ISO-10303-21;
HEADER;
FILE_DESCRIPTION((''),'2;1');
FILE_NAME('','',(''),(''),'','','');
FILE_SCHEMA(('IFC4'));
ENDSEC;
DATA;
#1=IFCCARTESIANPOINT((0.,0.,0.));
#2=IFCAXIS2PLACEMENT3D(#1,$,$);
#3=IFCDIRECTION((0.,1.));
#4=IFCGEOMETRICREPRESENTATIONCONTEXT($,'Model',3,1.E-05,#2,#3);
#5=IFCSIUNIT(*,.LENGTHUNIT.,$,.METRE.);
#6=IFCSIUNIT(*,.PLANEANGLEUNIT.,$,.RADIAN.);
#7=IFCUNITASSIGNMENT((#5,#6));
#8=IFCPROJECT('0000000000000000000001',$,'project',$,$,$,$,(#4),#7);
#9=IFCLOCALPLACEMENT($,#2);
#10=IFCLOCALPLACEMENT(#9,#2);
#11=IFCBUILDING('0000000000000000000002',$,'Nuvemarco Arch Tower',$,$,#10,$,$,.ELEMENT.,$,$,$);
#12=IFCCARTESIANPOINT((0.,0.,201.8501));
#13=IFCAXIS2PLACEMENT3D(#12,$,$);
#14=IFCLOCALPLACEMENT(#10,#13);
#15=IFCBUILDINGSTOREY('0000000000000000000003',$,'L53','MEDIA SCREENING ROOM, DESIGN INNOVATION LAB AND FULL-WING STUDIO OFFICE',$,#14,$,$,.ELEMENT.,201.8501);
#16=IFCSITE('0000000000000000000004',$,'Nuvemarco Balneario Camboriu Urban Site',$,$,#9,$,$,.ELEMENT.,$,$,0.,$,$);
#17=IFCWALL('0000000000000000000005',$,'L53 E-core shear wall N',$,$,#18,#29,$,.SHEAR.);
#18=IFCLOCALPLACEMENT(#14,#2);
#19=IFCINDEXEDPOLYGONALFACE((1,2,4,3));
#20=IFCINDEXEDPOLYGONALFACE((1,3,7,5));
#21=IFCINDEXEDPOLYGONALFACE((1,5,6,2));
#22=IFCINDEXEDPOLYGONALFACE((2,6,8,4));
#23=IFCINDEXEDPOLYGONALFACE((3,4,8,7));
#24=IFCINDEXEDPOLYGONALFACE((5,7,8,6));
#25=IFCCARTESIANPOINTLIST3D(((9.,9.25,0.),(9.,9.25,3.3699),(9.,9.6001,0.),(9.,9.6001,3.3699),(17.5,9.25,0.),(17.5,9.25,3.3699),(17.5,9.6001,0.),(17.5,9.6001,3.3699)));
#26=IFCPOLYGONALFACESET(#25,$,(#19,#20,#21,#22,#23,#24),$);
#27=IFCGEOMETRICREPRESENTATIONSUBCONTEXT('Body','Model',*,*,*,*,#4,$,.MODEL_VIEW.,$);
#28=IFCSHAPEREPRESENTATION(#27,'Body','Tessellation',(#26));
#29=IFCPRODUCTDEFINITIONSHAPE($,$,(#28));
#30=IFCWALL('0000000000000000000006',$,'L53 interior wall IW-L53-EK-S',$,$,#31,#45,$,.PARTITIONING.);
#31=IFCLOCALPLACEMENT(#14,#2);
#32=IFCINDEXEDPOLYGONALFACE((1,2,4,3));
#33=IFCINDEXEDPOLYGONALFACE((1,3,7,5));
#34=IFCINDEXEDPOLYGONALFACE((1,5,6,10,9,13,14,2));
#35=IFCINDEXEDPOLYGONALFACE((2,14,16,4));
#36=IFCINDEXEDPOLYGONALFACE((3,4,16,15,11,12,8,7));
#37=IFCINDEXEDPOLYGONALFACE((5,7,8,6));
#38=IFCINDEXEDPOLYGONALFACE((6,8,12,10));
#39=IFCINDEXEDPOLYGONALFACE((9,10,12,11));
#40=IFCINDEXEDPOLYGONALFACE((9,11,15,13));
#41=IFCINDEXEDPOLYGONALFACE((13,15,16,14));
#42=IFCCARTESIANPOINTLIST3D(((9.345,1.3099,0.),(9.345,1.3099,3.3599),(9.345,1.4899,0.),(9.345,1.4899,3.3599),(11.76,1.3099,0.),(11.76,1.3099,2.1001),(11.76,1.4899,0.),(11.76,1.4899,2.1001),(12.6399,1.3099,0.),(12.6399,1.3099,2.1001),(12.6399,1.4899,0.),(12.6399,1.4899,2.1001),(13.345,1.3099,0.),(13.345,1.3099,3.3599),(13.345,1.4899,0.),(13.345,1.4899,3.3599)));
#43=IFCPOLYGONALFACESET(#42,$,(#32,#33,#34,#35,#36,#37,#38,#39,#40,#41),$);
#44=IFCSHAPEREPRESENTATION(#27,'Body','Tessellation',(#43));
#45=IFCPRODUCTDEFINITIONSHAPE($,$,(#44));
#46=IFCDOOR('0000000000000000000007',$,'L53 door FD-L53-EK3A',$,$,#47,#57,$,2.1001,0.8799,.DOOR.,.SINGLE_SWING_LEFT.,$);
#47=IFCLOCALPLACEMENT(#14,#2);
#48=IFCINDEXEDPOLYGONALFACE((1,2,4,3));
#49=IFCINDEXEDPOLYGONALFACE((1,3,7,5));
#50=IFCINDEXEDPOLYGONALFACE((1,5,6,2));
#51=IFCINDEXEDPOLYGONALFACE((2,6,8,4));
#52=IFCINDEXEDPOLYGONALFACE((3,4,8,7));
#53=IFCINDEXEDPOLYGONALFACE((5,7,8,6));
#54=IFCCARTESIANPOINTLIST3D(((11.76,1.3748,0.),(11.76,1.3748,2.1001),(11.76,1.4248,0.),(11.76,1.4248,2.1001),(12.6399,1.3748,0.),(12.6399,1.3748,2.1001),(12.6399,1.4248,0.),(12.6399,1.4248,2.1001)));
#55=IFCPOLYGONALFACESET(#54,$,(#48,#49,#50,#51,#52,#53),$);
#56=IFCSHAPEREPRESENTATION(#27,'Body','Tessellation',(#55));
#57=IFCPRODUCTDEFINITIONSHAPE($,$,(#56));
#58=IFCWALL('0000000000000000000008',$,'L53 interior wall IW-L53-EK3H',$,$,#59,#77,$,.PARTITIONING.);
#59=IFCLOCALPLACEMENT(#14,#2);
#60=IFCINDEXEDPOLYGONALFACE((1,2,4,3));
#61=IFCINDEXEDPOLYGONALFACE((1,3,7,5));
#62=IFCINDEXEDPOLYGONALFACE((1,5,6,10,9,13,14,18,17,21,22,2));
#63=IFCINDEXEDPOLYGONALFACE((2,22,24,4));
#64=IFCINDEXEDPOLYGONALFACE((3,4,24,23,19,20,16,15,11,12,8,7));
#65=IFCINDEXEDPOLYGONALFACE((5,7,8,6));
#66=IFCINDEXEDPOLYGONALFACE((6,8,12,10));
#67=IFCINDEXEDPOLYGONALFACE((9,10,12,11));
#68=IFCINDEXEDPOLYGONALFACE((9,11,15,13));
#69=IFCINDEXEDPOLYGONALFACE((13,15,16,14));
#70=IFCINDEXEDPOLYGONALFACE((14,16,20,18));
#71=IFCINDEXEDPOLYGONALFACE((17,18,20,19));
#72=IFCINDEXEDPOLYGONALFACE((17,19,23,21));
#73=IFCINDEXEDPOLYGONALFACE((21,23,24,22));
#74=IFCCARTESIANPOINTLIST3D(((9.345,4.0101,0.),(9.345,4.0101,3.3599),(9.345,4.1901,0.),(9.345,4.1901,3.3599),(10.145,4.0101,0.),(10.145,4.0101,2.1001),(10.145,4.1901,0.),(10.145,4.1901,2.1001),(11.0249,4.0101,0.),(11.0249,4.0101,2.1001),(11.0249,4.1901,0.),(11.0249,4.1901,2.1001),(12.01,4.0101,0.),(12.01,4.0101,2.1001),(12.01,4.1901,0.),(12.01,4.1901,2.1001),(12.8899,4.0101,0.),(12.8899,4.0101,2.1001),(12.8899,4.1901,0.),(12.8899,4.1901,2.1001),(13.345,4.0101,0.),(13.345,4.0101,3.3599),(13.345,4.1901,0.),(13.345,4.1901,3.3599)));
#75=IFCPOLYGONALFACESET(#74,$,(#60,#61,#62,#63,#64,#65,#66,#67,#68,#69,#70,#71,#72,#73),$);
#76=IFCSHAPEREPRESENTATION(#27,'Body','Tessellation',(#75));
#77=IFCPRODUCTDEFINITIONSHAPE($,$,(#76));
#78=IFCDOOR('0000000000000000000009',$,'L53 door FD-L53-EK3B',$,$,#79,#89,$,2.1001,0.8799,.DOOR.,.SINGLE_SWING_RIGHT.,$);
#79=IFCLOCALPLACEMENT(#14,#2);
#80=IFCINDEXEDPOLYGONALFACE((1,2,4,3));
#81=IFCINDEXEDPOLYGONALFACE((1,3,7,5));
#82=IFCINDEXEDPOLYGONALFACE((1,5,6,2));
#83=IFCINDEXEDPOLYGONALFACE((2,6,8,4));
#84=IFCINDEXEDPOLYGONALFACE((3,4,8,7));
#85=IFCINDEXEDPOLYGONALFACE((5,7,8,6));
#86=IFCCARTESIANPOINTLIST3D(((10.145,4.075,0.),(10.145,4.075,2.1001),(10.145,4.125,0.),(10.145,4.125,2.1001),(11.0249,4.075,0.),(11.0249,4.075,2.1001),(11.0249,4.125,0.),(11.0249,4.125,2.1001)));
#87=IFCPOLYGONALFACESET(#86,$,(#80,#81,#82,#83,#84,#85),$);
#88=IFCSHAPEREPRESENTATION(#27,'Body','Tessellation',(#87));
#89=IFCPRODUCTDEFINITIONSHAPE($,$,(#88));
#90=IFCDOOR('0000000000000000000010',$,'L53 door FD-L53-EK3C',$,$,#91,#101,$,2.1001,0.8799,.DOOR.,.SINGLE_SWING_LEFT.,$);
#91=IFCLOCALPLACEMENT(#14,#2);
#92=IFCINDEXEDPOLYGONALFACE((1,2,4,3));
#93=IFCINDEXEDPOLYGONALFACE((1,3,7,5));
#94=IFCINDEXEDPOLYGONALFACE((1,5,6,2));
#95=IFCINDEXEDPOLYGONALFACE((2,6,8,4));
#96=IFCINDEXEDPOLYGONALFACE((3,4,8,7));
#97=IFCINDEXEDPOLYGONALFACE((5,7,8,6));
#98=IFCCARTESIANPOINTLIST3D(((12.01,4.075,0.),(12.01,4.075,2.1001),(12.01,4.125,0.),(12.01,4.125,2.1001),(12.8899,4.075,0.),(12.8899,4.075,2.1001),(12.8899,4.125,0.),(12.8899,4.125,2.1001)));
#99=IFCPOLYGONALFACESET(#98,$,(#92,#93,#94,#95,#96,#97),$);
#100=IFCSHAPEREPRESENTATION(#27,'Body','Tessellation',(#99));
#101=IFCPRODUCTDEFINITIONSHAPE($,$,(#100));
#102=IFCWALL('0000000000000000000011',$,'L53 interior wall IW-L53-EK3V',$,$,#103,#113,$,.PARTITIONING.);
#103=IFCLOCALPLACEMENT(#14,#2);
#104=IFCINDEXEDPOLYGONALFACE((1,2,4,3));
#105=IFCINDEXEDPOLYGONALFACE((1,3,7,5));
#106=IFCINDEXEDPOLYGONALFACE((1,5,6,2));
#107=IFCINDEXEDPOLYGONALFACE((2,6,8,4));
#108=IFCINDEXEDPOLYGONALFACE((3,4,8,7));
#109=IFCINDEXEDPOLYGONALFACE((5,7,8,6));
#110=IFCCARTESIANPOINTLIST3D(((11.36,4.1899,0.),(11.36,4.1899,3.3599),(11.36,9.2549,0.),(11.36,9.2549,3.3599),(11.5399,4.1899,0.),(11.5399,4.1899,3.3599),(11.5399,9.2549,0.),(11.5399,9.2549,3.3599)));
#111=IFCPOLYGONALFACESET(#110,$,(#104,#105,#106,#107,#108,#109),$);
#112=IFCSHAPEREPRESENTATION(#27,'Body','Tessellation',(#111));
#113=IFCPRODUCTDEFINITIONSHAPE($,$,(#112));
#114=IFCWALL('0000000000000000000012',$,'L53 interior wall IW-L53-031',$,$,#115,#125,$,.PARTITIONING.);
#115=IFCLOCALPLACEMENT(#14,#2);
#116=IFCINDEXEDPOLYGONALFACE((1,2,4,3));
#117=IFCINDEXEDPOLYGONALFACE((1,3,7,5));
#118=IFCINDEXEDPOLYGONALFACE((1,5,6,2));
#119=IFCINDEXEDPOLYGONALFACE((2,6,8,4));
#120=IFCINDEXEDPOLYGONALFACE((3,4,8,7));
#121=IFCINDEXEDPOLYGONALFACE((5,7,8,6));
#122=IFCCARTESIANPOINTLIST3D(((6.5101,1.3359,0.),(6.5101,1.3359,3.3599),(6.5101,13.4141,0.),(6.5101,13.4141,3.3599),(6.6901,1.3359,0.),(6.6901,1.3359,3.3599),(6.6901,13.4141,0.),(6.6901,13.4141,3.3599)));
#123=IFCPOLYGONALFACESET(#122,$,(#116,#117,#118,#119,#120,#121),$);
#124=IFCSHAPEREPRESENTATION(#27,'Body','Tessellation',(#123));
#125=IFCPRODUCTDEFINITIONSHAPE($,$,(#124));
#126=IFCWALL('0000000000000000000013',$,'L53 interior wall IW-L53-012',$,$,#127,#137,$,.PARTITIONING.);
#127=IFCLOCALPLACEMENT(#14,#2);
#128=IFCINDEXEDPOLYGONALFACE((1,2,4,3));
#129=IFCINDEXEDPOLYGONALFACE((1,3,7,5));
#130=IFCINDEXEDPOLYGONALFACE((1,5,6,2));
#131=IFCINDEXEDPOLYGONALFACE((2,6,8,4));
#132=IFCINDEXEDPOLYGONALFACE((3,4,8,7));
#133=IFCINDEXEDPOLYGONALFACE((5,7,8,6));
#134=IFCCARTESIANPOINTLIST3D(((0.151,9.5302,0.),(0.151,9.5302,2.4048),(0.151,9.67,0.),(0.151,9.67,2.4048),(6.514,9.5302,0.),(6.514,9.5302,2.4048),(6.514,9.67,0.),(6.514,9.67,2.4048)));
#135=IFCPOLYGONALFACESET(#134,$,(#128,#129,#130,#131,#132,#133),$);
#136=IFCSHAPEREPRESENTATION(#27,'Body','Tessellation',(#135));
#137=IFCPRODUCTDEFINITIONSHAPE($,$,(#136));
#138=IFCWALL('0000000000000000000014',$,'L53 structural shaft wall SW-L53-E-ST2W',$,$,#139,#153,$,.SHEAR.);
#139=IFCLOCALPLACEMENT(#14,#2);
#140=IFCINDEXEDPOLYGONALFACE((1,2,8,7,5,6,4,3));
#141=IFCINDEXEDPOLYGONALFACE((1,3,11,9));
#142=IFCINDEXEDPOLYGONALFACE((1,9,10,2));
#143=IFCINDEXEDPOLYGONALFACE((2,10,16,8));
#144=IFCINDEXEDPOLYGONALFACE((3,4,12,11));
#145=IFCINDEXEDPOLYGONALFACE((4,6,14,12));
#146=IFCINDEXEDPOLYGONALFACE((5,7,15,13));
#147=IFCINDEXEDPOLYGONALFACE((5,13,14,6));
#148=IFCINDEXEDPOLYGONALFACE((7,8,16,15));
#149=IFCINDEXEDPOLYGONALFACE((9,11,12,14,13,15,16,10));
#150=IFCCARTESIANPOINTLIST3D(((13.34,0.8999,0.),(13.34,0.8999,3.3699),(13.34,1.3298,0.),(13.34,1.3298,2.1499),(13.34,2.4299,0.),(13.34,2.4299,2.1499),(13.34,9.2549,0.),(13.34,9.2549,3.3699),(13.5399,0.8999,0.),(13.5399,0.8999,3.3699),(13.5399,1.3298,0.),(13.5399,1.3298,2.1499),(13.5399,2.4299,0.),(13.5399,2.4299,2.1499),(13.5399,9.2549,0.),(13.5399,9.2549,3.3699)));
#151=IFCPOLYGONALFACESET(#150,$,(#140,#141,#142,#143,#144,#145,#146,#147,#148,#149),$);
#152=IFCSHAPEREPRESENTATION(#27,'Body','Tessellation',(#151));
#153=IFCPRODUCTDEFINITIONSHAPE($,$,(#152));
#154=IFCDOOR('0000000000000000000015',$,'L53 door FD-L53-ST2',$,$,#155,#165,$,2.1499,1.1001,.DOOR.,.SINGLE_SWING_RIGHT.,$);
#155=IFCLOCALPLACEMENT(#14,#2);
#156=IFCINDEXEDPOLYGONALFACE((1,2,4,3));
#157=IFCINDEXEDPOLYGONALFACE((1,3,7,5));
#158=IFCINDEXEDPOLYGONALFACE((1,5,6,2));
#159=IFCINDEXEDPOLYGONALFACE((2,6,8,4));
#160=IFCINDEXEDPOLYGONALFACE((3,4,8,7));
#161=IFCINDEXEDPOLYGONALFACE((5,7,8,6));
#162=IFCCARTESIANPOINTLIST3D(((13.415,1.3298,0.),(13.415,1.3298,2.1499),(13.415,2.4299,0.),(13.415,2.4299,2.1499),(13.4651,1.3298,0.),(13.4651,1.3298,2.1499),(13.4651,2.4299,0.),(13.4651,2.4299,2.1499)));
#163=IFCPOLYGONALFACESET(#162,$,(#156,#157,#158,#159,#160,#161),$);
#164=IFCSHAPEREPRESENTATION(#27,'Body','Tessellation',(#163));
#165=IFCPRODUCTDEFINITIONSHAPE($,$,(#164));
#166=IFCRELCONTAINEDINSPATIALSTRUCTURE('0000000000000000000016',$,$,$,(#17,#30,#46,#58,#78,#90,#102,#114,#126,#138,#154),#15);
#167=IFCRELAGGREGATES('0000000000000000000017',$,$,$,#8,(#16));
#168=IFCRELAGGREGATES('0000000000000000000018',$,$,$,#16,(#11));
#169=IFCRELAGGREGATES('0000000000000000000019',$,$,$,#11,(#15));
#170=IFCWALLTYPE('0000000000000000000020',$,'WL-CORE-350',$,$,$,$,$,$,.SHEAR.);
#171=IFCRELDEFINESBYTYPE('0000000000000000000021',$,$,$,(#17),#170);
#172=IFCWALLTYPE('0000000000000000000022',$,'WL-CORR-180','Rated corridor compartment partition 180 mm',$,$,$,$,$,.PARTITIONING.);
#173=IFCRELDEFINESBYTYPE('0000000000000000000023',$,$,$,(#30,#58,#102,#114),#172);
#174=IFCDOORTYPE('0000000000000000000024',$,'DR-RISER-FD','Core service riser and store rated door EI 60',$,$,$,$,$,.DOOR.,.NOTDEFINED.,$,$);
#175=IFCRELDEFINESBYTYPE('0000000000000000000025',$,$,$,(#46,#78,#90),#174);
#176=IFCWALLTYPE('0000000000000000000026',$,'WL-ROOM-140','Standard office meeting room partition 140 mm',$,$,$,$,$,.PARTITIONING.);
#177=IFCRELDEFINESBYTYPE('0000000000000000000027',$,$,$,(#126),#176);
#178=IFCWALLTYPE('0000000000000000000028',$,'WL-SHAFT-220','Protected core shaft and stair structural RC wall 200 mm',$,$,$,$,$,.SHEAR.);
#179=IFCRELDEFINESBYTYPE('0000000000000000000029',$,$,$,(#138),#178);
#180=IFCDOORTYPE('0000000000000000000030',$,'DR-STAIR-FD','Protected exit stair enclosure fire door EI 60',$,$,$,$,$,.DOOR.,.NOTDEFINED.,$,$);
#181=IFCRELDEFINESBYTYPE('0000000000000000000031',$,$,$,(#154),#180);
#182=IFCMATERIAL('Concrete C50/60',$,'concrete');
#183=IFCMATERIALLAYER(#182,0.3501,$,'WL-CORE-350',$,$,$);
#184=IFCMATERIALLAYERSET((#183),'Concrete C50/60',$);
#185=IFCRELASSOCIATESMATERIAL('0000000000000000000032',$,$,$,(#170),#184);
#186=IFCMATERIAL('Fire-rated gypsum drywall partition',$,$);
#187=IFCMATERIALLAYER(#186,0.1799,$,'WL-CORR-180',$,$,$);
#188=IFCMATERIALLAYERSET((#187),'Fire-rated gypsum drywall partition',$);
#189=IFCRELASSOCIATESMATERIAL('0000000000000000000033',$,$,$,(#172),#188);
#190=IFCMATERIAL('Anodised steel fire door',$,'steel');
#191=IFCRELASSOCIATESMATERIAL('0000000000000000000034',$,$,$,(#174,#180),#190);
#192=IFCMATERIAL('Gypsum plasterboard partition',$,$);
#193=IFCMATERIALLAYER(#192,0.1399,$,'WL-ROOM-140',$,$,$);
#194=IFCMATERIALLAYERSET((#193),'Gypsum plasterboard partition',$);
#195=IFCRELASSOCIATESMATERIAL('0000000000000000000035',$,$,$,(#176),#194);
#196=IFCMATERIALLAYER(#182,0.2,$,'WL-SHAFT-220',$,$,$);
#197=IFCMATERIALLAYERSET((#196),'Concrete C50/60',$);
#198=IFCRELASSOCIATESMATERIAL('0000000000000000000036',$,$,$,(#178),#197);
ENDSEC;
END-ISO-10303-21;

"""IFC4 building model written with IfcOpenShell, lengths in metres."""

from ifc_helpers import new_model, si_unit, direction, frame, frame_2d, origin, place, context, subcontext, project, spatial, rectangle, extrude, source, transform, mapped, material, layer, layer_set, type_object, type_shapes, element, fill, save


model = new_model("IFC4")

# Units and contexts
model_context = context("Model", 3, precision=1e-05, world=origin(), true_north=direction((0.0, 1.0)))
body_context = subcontext(model_context, "Body", "Model", "MODEL_VIEW")
ifc_project = project(units=[si_unit("LENGTHUNIT", "METRE"), si_unit("PLANEANGLEUNIT", "RADIAN")], contexts=[model_context])

# Site, building, storey
site_placement = place(None, origin())
site = spatial("IfcSite", under=ifc_project, at=site_placement, Name="Nuvemarco Balneario Camboriu Urban Site", CompositionType="ELEMENT", RefElevation=0.0)
building_placement = place(site_placement, origin())
building = spatial("IfcBuilding", under=site, at=building_placement, Name="Nuvemarco Arch Tower", CompositionType="ELEMENT")
storey_placement = place(building_placement, frame((0.0, 0.0, 201.8501)))
storey = spatial("IfcBuildingStorey", under=building, at=storey_placement, Name="L53", Description="MEDIA SCREENING ROOM, DESIGN INNOVATION LAB AND FULL-WING STUDIO OFFICE", CompositionType="ELEMENT", Elevation=201.8501)

# Shared definitions
ifc_material_1 = material(Name="Concrete C50/60", Category="concrete")

# Wall
ifc_layer_1 = layer(ifc_material_1, 0.3501, Name="WL-CORE-350")
ifc_layer_set_1 = layer_set([ifc_layer_1], Name="Concrete C50/60")
wall_type_1 = type_object("IfcWallType", Name="WL-CORE-350", PredefinedType="SHEAR", material=ifc_layer_set_1)
wall_1_placement = place(storey_placement, frame((9.0, 9.425, 0.0), z_axis=(0.0, 0.0, 1.0), x_axis=(1.0, 0.0, 0.0)))
element("IfcWall", 1, at=wall_1_placement, inside=storey, type_object=wall_type_1, Name="L53 E-core shear wall N", PredefinedType="SHEAR", context=body_context, shape_type="SweptSolid", body=[
    extrude(rectangle(XDim=8.5, YDim=0.3501, at=frame_2d((4.25, 0.0))), origin(), (0.0, 0.0, 1.0), 3.3699),
])

# Wall, opening, door
ifc_material_2 = material(Name="Fire-rated gypsum drywall partition")
ifc_layer_2 = layer(ifc_material_2, 0.1799, Name="WL-CORR-180")
ifc_layer_set_2 = layer_set([ifc_layer_2], Name="Fire-rated gypsum drywall partition")
wall_type_2 = type_object("IfcWallType", Name="WL-CORR-180", Description="Rated corridor compartment partition 180 mm", PredefinedType="PARTITIONING", material=ifc_layer_set_2)
wall_2_placement = place(storey_placement, frame((9.345, 1.3999, 0.0), z_axis=(0.0, 0.0, 1.0), x_axis=(1.0, 0.0, 0.0)))
wall_2 = element("IfcWall", 2, at=wall_2_placement, inside=storey, type_object=wall_type_2, Name="L53 interior wall IW-L53-EK-S", PredefinedType="PARTITIONING", context=body_context, shape_type="SweptSolid", body=[
    extrude(rectangle(XDim=4.0, YDim=0.1799, at=frame_2d((2.0, 0.0))), origin(), (0.0, 0.0, 1.0), 3.3599),
])
opening_1_placement = place(wall_2_placement, frame((2.415, 0.0, 0.0)))
opening_1 = element("IfcOpeningElement", 3, at=opening_1_placement, cuts=wall_2, PredefinedType="OPENING", context=body_context, shape_type="SweptSolid", body=[
    extrude(rectangle(XDim=0.8799, YDim=2.1001, at=frame_2d((0.4399, 1.05))), frame((0.0, 0.0999, 0.0), z_axis=(0.0, -1.0, 0.0), x_axis=(1.0, 0.0, 0.0)), (0.0, 0.0, 1.0), 0.2),
])
ifc_material_3 = material(Name="Anodised steel fire door", Category="steel")
door_type_1 = type_object("IfcDoorType", Name="DR-RISER-FD", Description="Core service riser and store rated door EI 60", OperationType="NOTDEFINED", PredefinedType="DOOR", material=ifc_material_3)
shared_shape_1 = source(origin(), body_context, "Body", "SweptSolid", [
    extrude(rectangle(XDim=0.8799, YDim=2.1001, at=frame_2d((0.4399, 1.05))), frame((0.0, 0.0249, 0.0), z_axis=(0.0, -1.0, 0.0), x_axis=(1.0, 0.0, 0.0)), (0.0, 0.0, 1.0), 0.05),
])
type_shapes(door_type_1, [shared_shape_1])
door_1_placement = place(opening_1_placement, origin())
door_1 = element("IfcDoor", 4, at=door_1_placement, inside=storey, type_object=door_type_1, Name="L53 door FD-L53-EK3A", OperationType="SINGLE_SWING_LEFT", OverallHeight=2.1001, OverallWidth=0.8799, PredefinedType="DOOR", context=body_context, shape_type="MappedRepresentation", body=[
    mapped(shared_shape_1, transform((0.0, 0.0, 0.0), scale=1.0)),
])
fill(opening_1, door_1)

# Wall, openings, doors
wall_3_placement = place(storey_placement, frame((9.345, 4.1001, 0.0), z_axis=(0.0, 0.0, 1.0), x_axis=(1.0, 0.0, 0.0)))
wall_3 = element("IfcWall", 5, at=wall_3_placement, inside=storey, type_object=wall_type_2, Name="L53 interior wall IW-L53-EK3H", PredefinedType="PARTITIONING", context=body_context, shape_type="SweptSolid", body=[
    extrude(rectangle(XDim=4.0, YDim=0.1799, at=frame_2d((2.0, 0.0))), origin(), (0.0, 0.0, 1.0), 3.3599),
])
opening_2_placement = place(wall_3_placement, frame((0.8, 0.0, 0.0)))
opening_2 = element("IfcOpeningElement", 6, at=opening_2_placement, cuts=wall_3, PredefinedType="OPENING", context=body_context, shape_type="SweptSolid", body=[
    extrude(rectangle(XDim=0.8799, YDim=2.1001, at=frame_2d((0.4399, 1.05))), frame((0.0, 0.0999, 0.0), z_axis=(0.0, -1.0, 0.0), x_axis=(1.0, 0.0, 0.0)), (0.0, 0.0, 1.0), 0.2),
])
opening_3_placement = place(wall_3_placement, frame((2.665, 0.0, 0.0)))
opening_3 = element("IfcOpeningElement", 7, at=opening_3_placement, cuts=wall_3, PredefinedType="OPENING", context=body_context, shape_type="SweptSolid", body=[
    extrude(rectangle(XDim=0.8799, YDim=2.1001, at=frame_2d((0.4399, 1.05))), frame((0.0, 0.0999, 0.0), z_axis=(0.0, -1.0, 0.0), x_axis=(1.0, 0.0, 0.0)), (0.0, 0.0, 1.0), 0.2),
])
door_2_placement = place(opening_2_placement, origin())
door_2 = element("IfcDoor", 8, at=door_2_placement, inside=storey, type_object=door_type_1, Name="L53 door FD-L53-EK3B", OperationType="SINGLE_SWING_RIGHT", OverallHeight=2.1001, OverallWidth=0.8799, PredefinedType="DOOR", context=body_context, shape_type="MappedRepresentation", body=[
    mapped(shared_shape_1, transform((0.0, 0.0, 0.0), scale=1.0)),
])
fill(opening_2, door_2)
door_3_placement = place(opening_3_placement, origin())
door_3 = element("IfcDoor", 9, at=door_3_placement, inside=storey, type_object=door_type_1, Name="L53 door FD-L53-EK3C", OperationType="SINGLE_SWING_LEFT", OverallHeight=2.1001, OverallWidth=0.8799, PredefinedType="DOOR", context=body_context, shape_type="MappedRepresentation", body=[
    mapped(shared_shape_1, transform((0.0, 0.0, 0.0), scale=1.0)),
])
fill(opening_3, door_3)

# Walls
wall_4_placement = place(storey_placement, frame((11.45, 4.1899, 0.0), z_axis=(0.0, 0.0, 1.0), x_axis=(0.0, 1.0, 0.0)))
element("IfcWall", 10, at=wall_4_placement, inside=storey, type_object=wall_type_2, Name="L53 interior wall IW-L53-EK3V", PredefinedType="PARTITIONING", context=body_context, shape_type="SweptSolid", body=[
    extrude(rectangle(XDim=5.0649, YDim=0.1799, at=frame_2d((2.5325, 0.0))), origin(), (0.0, 0.0, 1.0), 3.3599),
])
wall_5_placement = place(storey_placement, frame((6.6001, 1.3359, 0.0), z_axis=(0.0, 0.0, 1.0), x_axis=(0.0, 1.0, 0.0)))
element("IfcWall", 11, at=wall_5_placement, inside=storey, type_object=wall_type_2, Name="L53 interior wall IW-L53-031", PredefinedType="PARTITIONING", context=body_context, shape_type="SweptSolid", body=[
    extrude(rectangle(XDim=12.0781, YDim=0.1799, at=frame_2d((6.0391, 0.0))), origin(), (0.0, 0.0, 1.0), 3.3599),
])
ifc_material_4 = material(Name="Gypsum plasterboard partition")
ifc_layer_3 = layer(ifc_material_4, 0.1399, Name="WL-ROOM-140")
ifc_layer_set_3 = layer_set([ifc_layer_3], Name="Gypsum plasterboard partition")
wall_type_3 = type_object("IfcWallType", Name="WL-ROOM-140", Description="Standard office meeting room partition 140 mm", PredefinedType="PARTITIONING", material=ifc_layer_set_3)
wall_6_placement = place(storey_placement, frame((0.1509, 9.6001, 0.0), z_axis=(0.0, 0.0, 1.0), x_axis=(1.0, 0.0, 0.0)))
element("IfcWall", 12, at=wall_6_placement, inside=storey, type_object=wall_type_3, Name="L53 interior wall IW-L53-012", PredefinedType="PARTITIONING", context=body_context, shape_type="SweptSolid", body=[
    extrude(rectangle(XDim=6.363, YDim=0.1399, at=frame_2d((3.1816, 0.0))), origin(), (0.0, 0.0, 1.0), 2.4048),
])

# Wall, opening, door
ifc_layer_4 = layer(ifc_material_1, 0.2, Name="WL-SHAFT-220")
ifc_layer_set_4 = layer_set([ifc_layer_4], Name="Concrete C50/60")
wall_type_4 = type_object("IfcWallType", Name="WL-SHAFT-220", Description="Protected core shaft and stair structural RC wall 200 mm", PredefinedType="SHEAR", material=ifc_layer_set_4)
wall_7_placement = place(storey_placement, frame((13.4399, 0.8999, 0.0), z_axis=(0.0, 0.0, 1.0), x_axis=(0.0, 1.0, 0.0)))
wall_7 = element("IfcWall", 13, at=wall_7_placement, inside=storey, type_object=wall_type_4, Name="L53 structural shaft wall SW-L53-E-ST2W", PredefinedType="SHEAR", context=body_context, shape_type="SweptSolid", body=[
    extrude(rectangle(XDim=8.355, YDim=0.2, at=frame_2d((4.1775, 0.0))), origin(), (0.0, 0.0, 1.0), 3.3699),
])
opening_4_placement = place(wall_7_placement, frame((0.4299, 0.0, 0.0)))
opening_4 = element("IfcOpeningElement", 14, at=opening_4_placement, cuts=wall_7, PredefinedType="OPENING", context=body_context, shape_type="SweptSolid", body=[
    extrude(rectangle(XDim=1.1001, YDim=2.1499, at=frame_2d((0.55, 1.075))), frame((0.0, 0.1099, 0.0), z_axis=(0.0, -1.0, 0.0), x_axis=(1.0, 0.0, 0.0)), (0.0, 0.0, 1.0), 0.22),
])
door_type_2 = type_object("IfcDoorType", Name="DR-STAIR-FD", Description="Protected exit stair enclosure fire door EI 60", OperationType="NOTDEFINED", PredefinedType="DOOR", material=ifc_material_3)
shared_shape_2 = source(origin(), body_context, "Body", "SweptSolid", [
    extrude(rectangle(XDim=1.1001, YDim=2.1499, at=frame_2d((0.55, 1.075))), frame((0.0, 0.0249, 0.0), z_axis=(0.0, -1.0, 0.0), x_axis=(1.0, 0.0, 0.0)), (0.0, 0.0, 1.0), 0.05),
])
type_shapes(door_type_2, [shared_shape_2])
door_4_placement = place(opening_4_placement, origin())
door_4 = element("IfcDoor", 15, at=door_4_placement, inside=storey, type_object=door_type_2, Name="L53 door FD-L53-ST2", OperationType="SINGLE_SWING_RIGHT", OverallHeight=2.1499, OverallWidth=1.1001, PredefinedType="DOOR", context=body_context, shape_type="MappedRepresentation", body=[
    mapped(shared_shape_2, transform((0.0, 0.0, 0.0), scale=1.0)),
])
fill(opening_4, door_4)

save(model, "model.ifc")
